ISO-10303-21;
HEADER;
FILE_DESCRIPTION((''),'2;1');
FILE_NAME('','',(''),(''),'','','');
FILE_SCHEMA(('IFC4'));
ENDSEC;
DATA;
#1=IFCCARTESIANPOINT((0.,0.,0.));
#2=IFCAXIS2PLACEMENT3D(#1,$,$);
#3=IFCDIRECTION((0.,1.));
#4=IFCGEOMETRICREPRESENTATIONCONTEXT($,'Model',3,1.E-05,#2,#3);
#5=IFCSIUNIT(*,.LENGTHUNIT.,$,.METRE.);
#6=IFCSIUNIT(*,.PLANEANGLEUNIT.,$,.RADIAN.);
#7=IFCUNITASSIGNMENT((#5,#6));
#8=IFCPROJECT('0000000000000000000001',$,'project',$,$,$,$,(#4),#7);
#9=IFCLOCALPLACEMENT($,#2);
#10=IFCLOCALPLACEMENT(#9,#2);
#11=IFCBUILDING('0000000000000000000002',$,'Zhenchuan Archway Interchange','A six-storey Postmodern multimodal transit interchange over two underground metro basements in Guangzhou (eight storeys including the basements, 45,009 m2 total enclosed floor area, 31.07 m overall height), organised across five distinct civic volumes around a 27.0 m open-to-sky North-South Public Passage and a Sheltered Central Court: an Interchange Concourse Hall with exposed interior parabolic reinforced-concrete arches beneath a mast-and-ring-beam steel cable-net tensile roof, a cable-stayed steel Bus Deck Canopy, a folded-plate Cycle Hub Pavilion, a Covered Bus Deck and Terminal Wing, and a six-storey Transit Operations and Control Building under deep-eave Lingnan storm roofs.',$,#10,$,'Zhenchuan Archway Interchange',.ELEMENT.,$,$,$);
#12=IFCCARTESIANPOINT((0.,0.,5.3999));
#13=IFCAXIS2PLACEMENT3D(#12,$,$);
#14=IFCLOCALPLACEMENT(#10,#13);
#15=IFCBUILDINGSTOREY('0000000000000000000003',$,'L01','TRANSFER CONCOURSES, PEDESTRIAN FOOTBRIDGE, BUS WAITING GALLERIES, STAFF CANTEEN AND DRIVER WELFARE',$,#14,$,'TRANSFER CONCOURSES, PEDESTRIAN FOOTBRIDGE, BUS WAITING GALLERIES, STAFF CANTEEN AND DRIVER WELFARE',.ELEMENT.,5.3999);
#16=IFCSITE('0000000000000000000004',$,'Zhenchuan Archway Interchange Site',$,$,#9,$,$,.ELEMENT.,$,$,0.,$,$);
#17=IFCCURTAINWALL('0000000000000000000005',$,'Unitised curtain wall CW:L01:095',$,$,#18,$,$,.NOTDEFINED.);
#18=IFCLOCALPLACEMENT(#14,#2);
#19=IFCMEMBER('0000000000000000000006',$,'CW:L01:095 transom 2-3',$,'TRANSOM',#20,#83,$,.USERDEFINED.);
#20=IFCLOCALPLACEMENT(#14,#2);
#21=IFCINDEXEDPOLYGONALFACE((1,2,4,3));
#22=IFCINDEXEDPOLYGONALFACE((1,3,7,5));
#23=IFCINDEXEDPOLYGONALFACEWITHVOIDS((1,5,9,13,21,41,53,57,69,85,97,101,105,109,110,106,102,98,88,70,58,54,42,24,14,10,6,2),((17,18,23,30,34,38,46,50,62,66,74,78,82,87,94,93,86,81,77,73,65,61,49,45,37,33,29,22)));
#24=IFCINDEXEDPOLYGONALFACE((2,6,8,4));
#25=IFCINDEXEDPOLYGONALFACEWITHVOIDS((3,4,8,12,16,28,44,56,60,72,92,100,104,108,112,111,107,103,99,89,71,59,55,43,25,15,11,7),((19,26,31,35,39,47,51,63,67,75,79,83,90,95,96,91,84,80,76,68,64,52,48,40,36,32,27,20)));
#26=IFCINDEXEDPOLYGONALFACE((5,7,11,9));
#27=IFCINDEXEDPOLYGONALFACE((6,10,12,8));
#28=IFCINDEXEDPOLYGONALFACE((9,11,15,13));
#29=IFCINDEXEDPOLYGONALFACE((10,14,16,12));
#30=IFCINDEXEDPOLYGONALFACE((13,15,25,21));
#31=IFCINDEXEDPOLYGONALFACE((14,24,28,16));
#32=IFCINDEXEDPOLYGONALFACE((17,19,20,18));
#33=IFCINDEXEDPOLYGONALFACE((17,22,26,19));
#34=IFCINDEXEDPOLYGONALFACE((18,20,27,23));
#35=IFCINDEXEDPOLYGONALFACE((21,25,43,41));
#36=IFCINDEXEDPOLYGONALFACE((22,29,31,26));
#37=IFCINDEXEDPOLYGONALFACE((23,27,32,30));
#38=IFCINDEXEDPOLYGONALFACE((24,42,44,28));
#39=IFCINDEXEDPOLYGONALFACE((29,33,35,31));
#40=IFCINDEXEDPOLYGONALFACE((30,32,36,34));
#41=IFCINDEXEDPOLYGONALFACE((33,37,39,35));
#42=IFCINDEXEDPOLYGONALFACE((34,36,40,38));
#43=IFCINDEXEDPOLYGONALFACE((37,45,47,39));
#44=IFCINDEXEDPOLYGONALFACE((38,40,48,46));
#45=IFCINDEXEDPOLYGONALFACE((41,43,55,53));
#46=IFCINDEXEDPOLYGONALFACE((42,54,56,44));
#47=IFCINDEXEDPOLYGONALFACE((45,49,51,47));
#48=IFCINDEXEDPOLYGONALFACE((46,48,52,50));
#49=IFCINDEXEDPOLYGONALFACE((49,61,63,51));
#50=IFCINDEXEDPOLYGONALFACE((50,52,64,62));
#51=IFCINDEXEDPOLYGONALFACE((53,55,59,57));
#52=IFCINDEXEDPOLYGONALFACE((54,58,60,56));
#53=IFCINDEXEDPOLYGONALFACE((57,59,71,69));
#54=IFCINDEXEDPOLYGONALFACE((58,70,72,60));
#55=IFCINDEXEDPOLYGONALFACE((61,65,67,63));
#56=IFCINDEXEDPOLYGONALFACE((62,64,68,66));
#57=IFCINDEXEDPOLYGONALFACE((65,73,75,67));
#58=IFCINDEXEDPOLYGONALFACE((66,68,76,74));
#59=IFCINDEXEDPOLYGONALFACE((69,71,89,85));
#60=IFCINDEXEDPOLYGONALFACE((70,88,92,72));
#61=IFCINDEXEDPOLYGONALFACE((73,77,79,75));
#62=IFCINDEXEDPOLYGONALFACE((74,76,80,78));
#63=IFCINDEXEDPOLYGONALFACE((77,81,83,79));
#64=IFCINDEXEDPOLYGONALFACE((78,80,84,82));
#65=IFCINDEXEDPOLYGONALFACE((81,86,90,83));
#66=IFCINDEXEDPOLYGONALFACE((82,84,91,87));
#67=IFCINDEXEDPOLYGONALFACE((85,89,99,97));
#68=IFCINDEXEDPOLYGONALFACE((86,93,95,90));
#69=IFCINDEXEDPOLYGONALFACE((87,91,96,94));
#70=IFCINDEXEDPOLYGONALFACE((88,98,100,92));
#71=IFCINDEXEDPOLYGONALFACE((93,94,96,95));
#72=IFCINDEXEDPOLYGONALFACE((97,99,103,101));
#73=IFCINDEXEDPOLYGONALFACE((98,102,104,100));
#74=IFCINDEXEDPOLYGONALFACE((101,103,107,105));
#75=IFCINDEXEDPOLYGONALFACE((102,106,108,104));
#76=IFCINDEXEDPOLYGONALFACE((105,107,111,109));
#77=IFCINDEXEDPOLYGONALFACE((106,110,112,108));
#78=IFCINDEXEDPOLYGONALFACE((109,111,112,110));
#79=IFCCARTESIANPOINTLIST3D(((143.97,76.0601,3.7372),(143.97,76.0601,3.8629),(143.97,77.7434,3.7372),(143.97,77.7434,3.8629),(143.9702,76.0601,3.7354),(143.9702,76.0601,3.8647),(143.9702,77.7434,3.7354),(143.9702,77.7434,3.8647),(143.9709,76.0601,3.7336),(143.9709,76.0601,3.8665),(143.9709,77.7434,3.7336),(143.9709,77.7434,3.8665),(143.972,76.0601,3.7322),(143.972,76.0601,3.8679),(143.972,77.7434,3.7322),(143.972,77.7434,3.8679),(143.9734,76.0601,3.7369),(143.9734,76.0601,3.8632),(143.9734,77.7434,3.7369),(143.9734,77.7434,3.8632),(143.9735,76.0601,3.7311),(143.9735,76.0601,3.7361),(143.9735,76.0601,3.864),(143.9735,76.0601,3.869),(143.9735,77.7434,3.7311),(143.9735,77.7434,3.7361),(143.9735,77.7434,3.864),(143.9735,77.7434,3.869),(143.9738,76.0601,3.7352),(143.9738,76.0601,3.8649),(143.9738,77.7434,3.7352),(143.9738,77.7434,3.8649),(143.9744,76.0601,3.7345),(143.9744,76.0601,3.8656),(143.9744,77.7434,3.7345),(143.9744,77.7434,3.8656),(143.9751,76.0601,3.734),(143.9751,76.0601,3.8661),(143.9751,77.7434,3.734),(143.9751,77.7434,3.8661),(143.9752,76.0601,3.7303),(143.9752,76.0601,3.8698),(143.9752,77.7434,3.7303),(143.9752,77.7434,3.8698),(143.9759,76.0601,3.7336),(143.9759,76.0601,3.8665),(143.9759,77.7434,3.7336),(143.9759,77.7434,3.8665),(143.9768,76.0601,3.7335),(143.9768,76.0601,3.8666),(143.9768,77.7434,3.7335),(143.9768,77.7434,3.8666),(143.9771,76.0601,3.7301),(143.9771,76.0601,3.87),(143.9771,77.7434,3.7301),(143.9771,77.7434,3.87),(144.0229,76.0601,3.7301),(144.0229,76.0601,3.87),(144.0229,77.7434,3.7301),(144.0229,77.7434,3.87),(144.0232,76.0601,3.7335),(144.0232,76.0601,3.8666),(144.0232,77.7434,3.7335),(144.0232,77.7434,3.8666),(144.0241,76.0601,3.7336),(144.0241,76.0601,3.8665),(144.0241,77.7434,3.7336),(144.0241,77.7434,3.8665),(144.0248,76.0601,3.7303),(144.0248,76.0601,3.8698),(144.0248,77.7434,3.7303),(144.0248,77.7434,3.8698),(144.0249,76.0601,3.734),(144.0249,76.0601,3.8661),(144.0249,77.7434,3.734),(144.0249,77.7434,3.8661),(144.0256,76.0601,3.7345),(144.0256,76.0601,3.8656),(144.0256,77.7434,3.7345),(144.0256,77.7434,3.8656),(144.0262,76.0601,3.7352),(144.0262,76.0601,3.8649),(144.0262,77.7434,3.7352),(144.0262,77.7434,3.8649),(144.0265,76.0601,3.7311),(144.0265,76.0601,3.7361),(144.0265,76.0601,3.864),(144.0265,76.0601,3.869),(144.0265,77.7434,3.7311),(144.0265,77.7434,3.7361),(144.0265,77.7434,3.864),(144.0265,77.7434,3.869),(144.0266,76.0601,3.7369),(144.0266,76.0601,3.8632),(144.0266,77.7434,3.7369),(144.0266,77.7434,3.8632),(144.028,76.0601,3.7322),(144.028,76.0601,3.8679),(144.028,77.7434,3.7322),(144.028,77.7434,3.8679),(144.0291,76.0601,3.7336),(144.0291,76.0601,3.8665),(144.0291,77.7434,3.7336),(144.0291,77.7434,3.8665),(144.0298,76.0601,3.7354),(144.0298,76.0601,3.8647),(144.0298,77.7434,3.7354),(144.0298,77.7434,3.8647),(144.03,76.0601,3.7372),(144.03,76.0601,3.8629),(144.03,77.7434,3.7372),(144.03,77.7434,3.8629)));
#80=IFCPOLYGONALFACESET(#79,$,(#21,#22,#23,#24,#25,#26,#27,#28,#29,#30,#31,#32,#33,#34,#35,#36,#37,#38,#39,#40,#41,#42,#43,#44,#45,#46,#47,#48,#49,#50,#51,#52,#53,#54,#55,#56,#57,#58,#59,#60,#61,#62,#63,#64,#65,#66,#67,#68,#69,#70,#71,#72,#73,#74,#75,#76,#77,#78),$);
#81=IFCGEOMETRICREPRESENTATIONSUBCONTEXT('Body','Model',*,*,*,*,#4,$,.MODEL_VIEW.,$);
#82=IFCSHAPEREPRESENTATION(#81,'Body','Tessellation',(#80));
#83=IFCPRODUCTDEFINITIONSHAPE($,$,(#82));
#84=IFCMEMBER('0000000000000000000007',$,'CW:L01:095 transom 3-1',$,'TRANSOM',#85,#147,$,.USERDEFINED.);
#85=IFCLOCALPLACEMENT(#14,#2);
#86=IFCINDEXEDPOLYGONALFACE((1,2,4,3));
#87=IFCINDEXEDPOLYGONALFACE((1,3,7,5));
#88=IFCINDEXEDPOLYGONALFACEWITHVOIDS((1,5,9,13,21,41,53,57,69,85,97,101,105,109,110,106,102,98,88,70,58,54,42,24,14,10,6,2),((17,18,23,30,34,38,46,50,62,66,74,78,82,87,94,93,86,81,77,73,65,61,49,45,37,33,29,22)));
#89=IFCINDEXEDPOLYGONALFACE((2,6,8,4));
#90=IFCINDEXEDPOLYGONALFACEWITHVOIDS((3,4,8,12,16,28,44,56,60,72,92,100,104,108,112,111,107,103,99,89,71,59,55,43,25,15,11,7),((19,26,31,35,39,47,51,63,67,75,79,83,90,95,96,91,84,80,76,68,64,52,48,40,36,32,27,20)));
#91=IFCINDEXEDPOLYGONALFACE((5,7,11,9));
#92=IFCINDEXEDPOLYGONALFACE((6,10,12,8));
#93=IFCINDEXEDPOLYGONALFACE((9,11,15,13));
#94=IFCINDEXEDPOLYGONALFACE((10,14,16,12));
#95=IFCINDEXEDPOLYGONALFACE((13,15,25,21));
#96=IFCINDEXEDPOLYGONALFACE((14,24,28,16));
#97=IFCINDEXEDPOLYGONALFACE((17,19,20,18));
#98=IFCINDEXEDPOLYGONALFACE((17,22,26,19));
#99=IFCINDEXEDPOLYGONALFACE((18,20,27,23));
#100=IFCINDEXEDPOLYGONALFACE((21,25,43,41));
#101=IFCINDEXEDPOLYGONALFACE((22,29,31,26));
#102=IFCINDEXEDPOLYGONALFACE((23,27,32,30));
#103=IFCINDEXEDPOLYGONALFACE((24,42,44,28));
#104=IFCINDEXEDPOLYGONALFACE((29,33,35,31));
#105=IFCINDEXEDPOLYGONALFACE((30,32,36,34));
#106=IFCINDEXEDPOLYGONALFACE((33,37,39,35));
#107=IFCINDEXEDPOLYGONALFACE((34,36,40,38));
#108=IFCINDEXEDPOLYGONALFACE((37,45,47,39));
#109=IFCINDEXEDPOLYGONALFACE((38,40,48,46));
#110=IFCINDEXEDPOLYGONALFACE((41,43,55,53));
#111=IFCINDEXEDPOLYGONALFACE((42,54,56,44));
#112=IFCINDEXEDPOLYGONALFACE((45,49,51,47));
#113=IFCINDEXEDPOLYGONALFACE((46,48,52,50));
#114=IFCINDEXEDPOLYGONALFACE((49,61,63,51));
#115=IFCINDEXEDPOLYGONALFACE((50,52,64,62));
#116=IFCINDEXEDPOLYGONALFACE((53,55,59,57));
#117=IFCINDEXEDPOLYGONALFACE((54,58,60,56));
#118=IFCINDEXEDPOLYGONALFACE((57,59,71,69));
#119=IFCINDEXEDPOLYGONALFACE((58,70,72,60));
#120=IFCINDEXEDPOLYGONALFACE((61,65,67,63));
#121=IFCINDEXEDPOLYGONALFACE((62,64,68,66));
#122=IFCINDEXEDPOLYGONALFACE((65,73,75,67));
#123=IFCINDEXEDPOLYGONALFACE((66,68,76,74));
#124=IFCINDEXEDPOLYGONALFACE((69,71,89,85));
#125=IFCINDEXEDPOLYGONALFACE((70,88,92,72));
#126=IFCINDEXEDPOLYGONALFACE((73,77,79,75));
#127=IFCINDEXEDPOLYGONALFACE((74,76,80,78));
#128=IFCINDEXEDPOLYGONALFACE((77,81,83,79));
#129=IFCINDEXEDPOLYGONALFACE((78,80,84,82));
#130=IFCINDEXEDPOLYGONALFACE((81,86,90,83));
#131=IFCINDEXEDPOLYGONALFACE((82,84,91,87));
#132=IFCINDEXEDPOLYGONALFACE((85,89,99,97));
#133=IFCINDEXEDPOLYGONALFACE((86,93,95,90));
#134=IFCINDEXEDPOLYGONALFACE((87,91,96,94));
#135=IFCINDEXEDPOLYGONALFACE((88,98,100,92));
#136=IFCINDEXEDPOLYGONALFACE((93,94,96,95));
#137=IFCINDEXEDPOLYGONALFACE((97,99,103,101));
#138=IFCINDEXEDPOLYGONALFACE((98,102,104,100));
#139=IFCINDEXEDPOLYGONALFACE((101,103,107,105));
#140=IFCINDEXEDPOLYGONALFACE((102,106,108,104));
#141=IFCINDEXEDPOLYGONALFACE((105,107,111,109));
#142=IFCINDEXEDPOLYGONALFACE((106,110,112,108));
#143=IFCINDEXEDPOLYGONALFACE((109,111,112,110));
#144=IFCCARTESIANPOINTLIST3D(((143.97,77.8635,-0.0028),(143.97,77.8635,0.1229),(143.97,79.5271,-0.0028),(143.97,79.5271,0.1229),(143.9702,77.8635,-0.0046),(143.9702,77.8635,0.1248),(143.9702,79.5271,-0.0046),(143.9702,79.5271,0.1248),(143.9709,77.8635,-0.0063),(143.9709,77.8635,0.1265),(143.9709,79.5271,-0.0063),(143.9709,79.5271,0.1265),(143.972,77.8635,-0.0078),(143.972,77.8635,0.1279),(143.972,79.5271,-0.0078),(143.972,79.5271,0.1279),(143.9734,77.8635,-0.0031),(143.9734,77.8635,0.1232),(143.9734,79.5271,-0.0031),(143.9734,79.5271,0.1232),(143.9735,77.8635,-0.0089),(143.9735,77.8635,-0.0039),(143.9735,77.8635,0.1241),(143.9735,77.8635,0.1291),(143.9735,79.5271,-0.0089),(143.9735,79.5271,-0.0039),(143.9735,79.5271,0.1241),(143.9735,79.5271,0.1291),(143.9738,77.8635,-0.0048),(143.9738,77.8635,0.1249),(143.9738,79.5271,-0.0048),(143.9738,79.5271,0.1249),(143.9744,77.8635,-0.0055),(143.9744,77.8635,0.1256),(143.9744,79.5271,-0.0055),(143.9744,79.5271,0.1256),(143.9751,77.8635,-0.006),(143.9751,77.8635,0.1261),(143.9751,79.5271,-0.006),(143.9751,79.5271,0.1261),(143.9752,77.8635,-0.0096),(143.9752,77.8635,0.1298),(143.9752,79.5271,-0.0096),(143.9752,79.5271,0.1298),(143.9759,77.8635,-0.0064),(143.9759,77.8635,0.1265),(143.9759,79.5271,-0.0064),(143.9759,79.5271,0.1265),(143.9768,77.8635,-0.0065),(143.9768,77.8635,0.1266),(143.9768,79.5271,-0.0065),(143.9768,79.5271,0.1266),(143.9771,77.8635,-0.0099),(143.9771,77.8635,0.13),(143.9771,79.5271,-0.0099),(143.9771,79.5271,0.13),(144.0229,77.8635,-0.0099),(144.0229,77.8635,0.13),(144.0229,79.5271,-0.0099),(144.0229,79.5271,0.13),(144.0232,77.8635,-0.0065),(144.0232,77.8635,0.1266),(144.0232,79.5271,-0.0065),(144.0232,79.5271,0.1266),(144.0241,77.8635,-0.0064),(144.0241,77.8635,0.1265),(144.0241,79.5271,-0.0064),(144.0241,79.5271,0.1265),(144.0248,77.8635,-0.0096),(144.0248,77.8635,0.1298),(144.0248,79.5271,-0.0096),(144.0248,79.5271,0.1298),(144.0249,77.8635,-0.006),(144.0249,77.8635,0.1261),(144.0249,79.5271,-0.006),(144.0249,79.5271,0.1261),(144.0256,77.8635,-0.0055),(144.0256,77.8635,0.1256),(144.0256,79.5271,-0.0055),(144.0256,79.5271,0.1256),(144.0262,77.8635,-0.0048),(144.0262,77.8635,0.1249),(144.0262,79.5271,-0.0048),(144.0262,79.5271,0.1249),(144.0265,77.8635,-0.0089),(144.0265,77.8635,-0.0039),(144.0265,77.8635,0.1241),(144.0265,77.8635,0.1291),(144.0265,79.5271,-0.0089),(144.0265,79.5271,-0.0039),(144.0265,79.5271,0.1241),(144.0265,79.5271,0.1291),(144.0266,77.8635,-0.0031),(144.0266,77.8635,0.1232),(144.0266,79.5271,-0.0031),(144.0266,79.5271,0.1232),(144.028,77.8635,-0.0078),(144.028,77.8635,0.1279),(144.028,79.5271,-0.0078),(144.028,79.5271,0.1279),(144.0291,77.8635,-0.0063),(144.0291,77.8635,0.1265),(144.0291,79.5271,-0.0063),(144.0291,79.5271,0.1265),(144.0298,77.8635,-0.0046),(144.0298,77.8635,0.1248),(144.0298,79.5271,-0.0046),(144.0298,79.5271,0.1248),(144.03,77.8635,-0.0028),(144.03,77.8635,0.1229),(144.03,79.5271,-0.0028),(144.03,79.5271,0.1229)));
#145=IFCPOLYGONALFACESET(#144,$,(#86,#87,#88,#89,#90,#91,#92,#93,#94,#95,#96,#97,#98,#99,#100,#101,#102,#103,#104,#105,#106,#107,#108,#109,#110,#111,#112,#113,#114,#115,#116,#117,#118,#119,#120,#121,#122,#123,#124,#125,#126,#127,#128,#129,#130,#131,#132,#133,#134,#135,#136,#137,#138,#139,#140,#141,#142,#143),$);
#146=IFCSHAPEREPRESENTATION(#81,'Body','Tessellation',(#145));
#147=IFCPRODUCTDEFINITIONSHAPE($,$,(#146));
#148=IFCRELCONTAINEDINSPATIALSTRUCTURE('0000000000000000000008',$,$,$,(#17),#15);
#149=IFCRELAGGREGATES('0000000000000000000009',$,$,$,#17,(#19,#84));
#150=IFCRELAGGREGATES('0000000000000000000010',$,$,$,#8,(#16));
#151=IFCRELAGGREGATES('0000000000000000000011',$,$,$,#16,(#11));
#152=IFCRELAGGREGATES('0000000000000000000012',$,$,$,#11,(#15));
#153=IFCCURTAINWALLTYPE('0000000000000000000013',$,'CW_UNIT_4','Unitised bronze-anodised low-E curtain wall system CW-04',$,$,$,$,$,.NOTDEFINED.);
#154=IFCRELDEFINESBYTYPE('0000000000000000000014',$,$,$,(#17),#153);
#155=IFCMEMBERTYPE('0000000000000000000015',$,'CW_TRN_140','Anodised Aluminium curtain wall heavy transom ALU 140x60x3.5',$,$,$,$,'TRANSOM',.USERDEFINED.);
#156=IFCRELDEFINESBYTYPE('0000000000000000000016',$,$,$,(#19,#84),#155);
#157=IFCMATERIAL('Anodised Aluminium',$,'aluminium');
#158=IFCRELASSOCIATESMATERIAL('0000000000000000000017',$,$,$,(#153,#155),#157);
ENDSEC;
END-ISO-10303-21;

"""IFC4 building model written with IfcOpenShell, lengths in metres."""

from ifc_helpers import new_model, si_unit, direction, frame, origin, origin_2d, place, context, subcontext, project, spatial, hollow_rectangle, extrude, material, material_profile, profile_set, type_object, element, aggregate, save


model = new_model("IFC4")

# Units and contexts
model_context = context("Model", 3, precision=1e-05, world=origin(), true_north=direction((0.0, 1.0)))
body_context = subcontext(model_context, "Body", "Model", "MODEL_VIEW")
ifc_project = project(units=[si_unit("LENGTHUNIT", "METRE"), si_unit("PLANEANGLEUNIT", "RADIAN")], contexts=[model_context])

# Site, building, storey
site_placement = place(None, origin())
site = spatial("IfcSite", under=ifc_project, at=site_placement, Name="Zhenchuan Archway Interchange Site", CompositionType="ELEMENT", RefElevation=0.0)
building_placement = place(site_placement, origin())
building = spatial("IfcBuilding", under=site, at=building_placement, Name="Zhenchuan Archway Interchange", Description="A six-storey Postmodern multimodal transit interchange over two underground metro basements in Guangzhou (eight storeys including the basements, 45,009 m2 total enclosed floor area, 31.07 m overall height), organised across five distinct civic volumes around a 27.0 m open-to-sky North-South Public Passage and a Sheltered Central Court: an Interchange Concourse Hall with exposed interior parabolic reinforced-concrete arches beneath a mast-and-ring-beam steel cable-net tensile roof, a cable-stayed steel Bus Deck Canopy, a folded-plate Cycle Hub Pavilion, a Covered Bus Deck and Terminal Wing, and a six-storey Transit Operations and Control Building under deep-eave Lingnan storm roofs.", LongName="Zhenchuan Archway Interchange", CompositionType="ELEMENT")
storey_placement = place(building_placement, frame((0.0, 0.0, 5.3999)))
storey = spatial("IfcBuildingStorey", under=building, at=storey_placement, Name="L01", Description="TRANSFER CONCOURSES, PEDESTRIAN FOOTBRIDGE, BUS WAITING GALLERIES, STAFF CANTEEN AND DRIVER WELFARE", LongName="TRANSFER CONCOURSES, PEDESTRIAN FOOTBRIDGE, BUS WAITING GALLERIES, STAFF CANTEEN AND DRIVER WELFARE", CompositionType="ELEMENT", Elevation=5.3999)

# Curtain wall, members
ifc_material_1 = material(Name="Anodised Aluminium", Category="aluminium")
curtain_wall_type = type_object("IfcCurtainWallType", Name="CW_UNIT_4", Description="Unitised bronze-anodised low-E curtain wall system CW-04", PredefinedType="NOTDEFINED", material=ifc_material_1)
curtain_wall_placement = place(storey_placement, origin())
curtain_wall = element("IfcCurtainWall", 1, at=curtain_wall_placement, inside=storey, type_object=curtain_wall_type, Name="Unitised curtain wall CW:L01:095", PredefinedType="NOTDEFINED")
ifc_material_profile_1 = material_profile(ifc_material_1, hollow_rectangle(XDim=0.0601, YDim=0.1399, WallThickness=0.0034, InnerFilletRadius=0.0034, OuterFilletRadius=0.0071, at=origin_2d()), Name="ALU 140x60x3.5")
ifc_profile_set_1 = profile_set([ifc_material_profile_1], Name="Anodised Aluminium")
member_type_1 = type_object("IfcMemberType", Name="CW_TRN_140", Description="Anodised Aluminium curtain wall heavy transom ALU 140x60x3.5", ElementType="TRANSOM", PredefinedType="USERDEFINED", material=ifc_profile_set_1)
member_1_placement = place(storey_placement, frame((144.0, 76.0601, 3.8), z_axis=(0.0, 1.0, 0.0), x_axis=(-1.0, 0.0, 0.0)))
member_1 = element("IfcMember", 2, at=member_1_placement, type_object=member_type_1, Name="CW:L01:095 transom 2-3", ObjectType="TRANSOM", PredefinedType="USERDEFINED", context=body_context, shape_type="SweptSolid", body=[
    extrude(hollow_rectangle(XDim=0.0601, YDim=0.1399, WallThickness=0.0034, InnerFilletRadius=0.0034, OuterFilletRadius=0.0071, at=origin_2d()), origin(), (0.0, 0.0, 1.0), 1.6833),
])
member_2_placement = place(storey_placement, frame((144.0, 77.8635, 0.0601), z_axis=(0.0, 1.0, 0.0), x_axis=(-1.0, 0.0, 0.0)))
member_2 = element("IfcMember", 3, at=member_2_placement, type_object=member_type_1, Name="CW:L01:095 transom 3-1", ObjectType="TRANSOM", PredefinedType="USERDEFINED", context=body_context, shape_type="SweptSolid", body=[
    extrude(hollow_rectangle(XDim=0.0601, YDim=0.1399, WallThickness=0.0034, InnerFilletRadius=0.0034, OuterFilletRadius=0.0071, at=origin_2d()), origin(), (0.0, 0.0, 1.0), 1.6636),
])

aggregate(curtain_wall, [member_1, member_2])

save(model, "model.ifc")
